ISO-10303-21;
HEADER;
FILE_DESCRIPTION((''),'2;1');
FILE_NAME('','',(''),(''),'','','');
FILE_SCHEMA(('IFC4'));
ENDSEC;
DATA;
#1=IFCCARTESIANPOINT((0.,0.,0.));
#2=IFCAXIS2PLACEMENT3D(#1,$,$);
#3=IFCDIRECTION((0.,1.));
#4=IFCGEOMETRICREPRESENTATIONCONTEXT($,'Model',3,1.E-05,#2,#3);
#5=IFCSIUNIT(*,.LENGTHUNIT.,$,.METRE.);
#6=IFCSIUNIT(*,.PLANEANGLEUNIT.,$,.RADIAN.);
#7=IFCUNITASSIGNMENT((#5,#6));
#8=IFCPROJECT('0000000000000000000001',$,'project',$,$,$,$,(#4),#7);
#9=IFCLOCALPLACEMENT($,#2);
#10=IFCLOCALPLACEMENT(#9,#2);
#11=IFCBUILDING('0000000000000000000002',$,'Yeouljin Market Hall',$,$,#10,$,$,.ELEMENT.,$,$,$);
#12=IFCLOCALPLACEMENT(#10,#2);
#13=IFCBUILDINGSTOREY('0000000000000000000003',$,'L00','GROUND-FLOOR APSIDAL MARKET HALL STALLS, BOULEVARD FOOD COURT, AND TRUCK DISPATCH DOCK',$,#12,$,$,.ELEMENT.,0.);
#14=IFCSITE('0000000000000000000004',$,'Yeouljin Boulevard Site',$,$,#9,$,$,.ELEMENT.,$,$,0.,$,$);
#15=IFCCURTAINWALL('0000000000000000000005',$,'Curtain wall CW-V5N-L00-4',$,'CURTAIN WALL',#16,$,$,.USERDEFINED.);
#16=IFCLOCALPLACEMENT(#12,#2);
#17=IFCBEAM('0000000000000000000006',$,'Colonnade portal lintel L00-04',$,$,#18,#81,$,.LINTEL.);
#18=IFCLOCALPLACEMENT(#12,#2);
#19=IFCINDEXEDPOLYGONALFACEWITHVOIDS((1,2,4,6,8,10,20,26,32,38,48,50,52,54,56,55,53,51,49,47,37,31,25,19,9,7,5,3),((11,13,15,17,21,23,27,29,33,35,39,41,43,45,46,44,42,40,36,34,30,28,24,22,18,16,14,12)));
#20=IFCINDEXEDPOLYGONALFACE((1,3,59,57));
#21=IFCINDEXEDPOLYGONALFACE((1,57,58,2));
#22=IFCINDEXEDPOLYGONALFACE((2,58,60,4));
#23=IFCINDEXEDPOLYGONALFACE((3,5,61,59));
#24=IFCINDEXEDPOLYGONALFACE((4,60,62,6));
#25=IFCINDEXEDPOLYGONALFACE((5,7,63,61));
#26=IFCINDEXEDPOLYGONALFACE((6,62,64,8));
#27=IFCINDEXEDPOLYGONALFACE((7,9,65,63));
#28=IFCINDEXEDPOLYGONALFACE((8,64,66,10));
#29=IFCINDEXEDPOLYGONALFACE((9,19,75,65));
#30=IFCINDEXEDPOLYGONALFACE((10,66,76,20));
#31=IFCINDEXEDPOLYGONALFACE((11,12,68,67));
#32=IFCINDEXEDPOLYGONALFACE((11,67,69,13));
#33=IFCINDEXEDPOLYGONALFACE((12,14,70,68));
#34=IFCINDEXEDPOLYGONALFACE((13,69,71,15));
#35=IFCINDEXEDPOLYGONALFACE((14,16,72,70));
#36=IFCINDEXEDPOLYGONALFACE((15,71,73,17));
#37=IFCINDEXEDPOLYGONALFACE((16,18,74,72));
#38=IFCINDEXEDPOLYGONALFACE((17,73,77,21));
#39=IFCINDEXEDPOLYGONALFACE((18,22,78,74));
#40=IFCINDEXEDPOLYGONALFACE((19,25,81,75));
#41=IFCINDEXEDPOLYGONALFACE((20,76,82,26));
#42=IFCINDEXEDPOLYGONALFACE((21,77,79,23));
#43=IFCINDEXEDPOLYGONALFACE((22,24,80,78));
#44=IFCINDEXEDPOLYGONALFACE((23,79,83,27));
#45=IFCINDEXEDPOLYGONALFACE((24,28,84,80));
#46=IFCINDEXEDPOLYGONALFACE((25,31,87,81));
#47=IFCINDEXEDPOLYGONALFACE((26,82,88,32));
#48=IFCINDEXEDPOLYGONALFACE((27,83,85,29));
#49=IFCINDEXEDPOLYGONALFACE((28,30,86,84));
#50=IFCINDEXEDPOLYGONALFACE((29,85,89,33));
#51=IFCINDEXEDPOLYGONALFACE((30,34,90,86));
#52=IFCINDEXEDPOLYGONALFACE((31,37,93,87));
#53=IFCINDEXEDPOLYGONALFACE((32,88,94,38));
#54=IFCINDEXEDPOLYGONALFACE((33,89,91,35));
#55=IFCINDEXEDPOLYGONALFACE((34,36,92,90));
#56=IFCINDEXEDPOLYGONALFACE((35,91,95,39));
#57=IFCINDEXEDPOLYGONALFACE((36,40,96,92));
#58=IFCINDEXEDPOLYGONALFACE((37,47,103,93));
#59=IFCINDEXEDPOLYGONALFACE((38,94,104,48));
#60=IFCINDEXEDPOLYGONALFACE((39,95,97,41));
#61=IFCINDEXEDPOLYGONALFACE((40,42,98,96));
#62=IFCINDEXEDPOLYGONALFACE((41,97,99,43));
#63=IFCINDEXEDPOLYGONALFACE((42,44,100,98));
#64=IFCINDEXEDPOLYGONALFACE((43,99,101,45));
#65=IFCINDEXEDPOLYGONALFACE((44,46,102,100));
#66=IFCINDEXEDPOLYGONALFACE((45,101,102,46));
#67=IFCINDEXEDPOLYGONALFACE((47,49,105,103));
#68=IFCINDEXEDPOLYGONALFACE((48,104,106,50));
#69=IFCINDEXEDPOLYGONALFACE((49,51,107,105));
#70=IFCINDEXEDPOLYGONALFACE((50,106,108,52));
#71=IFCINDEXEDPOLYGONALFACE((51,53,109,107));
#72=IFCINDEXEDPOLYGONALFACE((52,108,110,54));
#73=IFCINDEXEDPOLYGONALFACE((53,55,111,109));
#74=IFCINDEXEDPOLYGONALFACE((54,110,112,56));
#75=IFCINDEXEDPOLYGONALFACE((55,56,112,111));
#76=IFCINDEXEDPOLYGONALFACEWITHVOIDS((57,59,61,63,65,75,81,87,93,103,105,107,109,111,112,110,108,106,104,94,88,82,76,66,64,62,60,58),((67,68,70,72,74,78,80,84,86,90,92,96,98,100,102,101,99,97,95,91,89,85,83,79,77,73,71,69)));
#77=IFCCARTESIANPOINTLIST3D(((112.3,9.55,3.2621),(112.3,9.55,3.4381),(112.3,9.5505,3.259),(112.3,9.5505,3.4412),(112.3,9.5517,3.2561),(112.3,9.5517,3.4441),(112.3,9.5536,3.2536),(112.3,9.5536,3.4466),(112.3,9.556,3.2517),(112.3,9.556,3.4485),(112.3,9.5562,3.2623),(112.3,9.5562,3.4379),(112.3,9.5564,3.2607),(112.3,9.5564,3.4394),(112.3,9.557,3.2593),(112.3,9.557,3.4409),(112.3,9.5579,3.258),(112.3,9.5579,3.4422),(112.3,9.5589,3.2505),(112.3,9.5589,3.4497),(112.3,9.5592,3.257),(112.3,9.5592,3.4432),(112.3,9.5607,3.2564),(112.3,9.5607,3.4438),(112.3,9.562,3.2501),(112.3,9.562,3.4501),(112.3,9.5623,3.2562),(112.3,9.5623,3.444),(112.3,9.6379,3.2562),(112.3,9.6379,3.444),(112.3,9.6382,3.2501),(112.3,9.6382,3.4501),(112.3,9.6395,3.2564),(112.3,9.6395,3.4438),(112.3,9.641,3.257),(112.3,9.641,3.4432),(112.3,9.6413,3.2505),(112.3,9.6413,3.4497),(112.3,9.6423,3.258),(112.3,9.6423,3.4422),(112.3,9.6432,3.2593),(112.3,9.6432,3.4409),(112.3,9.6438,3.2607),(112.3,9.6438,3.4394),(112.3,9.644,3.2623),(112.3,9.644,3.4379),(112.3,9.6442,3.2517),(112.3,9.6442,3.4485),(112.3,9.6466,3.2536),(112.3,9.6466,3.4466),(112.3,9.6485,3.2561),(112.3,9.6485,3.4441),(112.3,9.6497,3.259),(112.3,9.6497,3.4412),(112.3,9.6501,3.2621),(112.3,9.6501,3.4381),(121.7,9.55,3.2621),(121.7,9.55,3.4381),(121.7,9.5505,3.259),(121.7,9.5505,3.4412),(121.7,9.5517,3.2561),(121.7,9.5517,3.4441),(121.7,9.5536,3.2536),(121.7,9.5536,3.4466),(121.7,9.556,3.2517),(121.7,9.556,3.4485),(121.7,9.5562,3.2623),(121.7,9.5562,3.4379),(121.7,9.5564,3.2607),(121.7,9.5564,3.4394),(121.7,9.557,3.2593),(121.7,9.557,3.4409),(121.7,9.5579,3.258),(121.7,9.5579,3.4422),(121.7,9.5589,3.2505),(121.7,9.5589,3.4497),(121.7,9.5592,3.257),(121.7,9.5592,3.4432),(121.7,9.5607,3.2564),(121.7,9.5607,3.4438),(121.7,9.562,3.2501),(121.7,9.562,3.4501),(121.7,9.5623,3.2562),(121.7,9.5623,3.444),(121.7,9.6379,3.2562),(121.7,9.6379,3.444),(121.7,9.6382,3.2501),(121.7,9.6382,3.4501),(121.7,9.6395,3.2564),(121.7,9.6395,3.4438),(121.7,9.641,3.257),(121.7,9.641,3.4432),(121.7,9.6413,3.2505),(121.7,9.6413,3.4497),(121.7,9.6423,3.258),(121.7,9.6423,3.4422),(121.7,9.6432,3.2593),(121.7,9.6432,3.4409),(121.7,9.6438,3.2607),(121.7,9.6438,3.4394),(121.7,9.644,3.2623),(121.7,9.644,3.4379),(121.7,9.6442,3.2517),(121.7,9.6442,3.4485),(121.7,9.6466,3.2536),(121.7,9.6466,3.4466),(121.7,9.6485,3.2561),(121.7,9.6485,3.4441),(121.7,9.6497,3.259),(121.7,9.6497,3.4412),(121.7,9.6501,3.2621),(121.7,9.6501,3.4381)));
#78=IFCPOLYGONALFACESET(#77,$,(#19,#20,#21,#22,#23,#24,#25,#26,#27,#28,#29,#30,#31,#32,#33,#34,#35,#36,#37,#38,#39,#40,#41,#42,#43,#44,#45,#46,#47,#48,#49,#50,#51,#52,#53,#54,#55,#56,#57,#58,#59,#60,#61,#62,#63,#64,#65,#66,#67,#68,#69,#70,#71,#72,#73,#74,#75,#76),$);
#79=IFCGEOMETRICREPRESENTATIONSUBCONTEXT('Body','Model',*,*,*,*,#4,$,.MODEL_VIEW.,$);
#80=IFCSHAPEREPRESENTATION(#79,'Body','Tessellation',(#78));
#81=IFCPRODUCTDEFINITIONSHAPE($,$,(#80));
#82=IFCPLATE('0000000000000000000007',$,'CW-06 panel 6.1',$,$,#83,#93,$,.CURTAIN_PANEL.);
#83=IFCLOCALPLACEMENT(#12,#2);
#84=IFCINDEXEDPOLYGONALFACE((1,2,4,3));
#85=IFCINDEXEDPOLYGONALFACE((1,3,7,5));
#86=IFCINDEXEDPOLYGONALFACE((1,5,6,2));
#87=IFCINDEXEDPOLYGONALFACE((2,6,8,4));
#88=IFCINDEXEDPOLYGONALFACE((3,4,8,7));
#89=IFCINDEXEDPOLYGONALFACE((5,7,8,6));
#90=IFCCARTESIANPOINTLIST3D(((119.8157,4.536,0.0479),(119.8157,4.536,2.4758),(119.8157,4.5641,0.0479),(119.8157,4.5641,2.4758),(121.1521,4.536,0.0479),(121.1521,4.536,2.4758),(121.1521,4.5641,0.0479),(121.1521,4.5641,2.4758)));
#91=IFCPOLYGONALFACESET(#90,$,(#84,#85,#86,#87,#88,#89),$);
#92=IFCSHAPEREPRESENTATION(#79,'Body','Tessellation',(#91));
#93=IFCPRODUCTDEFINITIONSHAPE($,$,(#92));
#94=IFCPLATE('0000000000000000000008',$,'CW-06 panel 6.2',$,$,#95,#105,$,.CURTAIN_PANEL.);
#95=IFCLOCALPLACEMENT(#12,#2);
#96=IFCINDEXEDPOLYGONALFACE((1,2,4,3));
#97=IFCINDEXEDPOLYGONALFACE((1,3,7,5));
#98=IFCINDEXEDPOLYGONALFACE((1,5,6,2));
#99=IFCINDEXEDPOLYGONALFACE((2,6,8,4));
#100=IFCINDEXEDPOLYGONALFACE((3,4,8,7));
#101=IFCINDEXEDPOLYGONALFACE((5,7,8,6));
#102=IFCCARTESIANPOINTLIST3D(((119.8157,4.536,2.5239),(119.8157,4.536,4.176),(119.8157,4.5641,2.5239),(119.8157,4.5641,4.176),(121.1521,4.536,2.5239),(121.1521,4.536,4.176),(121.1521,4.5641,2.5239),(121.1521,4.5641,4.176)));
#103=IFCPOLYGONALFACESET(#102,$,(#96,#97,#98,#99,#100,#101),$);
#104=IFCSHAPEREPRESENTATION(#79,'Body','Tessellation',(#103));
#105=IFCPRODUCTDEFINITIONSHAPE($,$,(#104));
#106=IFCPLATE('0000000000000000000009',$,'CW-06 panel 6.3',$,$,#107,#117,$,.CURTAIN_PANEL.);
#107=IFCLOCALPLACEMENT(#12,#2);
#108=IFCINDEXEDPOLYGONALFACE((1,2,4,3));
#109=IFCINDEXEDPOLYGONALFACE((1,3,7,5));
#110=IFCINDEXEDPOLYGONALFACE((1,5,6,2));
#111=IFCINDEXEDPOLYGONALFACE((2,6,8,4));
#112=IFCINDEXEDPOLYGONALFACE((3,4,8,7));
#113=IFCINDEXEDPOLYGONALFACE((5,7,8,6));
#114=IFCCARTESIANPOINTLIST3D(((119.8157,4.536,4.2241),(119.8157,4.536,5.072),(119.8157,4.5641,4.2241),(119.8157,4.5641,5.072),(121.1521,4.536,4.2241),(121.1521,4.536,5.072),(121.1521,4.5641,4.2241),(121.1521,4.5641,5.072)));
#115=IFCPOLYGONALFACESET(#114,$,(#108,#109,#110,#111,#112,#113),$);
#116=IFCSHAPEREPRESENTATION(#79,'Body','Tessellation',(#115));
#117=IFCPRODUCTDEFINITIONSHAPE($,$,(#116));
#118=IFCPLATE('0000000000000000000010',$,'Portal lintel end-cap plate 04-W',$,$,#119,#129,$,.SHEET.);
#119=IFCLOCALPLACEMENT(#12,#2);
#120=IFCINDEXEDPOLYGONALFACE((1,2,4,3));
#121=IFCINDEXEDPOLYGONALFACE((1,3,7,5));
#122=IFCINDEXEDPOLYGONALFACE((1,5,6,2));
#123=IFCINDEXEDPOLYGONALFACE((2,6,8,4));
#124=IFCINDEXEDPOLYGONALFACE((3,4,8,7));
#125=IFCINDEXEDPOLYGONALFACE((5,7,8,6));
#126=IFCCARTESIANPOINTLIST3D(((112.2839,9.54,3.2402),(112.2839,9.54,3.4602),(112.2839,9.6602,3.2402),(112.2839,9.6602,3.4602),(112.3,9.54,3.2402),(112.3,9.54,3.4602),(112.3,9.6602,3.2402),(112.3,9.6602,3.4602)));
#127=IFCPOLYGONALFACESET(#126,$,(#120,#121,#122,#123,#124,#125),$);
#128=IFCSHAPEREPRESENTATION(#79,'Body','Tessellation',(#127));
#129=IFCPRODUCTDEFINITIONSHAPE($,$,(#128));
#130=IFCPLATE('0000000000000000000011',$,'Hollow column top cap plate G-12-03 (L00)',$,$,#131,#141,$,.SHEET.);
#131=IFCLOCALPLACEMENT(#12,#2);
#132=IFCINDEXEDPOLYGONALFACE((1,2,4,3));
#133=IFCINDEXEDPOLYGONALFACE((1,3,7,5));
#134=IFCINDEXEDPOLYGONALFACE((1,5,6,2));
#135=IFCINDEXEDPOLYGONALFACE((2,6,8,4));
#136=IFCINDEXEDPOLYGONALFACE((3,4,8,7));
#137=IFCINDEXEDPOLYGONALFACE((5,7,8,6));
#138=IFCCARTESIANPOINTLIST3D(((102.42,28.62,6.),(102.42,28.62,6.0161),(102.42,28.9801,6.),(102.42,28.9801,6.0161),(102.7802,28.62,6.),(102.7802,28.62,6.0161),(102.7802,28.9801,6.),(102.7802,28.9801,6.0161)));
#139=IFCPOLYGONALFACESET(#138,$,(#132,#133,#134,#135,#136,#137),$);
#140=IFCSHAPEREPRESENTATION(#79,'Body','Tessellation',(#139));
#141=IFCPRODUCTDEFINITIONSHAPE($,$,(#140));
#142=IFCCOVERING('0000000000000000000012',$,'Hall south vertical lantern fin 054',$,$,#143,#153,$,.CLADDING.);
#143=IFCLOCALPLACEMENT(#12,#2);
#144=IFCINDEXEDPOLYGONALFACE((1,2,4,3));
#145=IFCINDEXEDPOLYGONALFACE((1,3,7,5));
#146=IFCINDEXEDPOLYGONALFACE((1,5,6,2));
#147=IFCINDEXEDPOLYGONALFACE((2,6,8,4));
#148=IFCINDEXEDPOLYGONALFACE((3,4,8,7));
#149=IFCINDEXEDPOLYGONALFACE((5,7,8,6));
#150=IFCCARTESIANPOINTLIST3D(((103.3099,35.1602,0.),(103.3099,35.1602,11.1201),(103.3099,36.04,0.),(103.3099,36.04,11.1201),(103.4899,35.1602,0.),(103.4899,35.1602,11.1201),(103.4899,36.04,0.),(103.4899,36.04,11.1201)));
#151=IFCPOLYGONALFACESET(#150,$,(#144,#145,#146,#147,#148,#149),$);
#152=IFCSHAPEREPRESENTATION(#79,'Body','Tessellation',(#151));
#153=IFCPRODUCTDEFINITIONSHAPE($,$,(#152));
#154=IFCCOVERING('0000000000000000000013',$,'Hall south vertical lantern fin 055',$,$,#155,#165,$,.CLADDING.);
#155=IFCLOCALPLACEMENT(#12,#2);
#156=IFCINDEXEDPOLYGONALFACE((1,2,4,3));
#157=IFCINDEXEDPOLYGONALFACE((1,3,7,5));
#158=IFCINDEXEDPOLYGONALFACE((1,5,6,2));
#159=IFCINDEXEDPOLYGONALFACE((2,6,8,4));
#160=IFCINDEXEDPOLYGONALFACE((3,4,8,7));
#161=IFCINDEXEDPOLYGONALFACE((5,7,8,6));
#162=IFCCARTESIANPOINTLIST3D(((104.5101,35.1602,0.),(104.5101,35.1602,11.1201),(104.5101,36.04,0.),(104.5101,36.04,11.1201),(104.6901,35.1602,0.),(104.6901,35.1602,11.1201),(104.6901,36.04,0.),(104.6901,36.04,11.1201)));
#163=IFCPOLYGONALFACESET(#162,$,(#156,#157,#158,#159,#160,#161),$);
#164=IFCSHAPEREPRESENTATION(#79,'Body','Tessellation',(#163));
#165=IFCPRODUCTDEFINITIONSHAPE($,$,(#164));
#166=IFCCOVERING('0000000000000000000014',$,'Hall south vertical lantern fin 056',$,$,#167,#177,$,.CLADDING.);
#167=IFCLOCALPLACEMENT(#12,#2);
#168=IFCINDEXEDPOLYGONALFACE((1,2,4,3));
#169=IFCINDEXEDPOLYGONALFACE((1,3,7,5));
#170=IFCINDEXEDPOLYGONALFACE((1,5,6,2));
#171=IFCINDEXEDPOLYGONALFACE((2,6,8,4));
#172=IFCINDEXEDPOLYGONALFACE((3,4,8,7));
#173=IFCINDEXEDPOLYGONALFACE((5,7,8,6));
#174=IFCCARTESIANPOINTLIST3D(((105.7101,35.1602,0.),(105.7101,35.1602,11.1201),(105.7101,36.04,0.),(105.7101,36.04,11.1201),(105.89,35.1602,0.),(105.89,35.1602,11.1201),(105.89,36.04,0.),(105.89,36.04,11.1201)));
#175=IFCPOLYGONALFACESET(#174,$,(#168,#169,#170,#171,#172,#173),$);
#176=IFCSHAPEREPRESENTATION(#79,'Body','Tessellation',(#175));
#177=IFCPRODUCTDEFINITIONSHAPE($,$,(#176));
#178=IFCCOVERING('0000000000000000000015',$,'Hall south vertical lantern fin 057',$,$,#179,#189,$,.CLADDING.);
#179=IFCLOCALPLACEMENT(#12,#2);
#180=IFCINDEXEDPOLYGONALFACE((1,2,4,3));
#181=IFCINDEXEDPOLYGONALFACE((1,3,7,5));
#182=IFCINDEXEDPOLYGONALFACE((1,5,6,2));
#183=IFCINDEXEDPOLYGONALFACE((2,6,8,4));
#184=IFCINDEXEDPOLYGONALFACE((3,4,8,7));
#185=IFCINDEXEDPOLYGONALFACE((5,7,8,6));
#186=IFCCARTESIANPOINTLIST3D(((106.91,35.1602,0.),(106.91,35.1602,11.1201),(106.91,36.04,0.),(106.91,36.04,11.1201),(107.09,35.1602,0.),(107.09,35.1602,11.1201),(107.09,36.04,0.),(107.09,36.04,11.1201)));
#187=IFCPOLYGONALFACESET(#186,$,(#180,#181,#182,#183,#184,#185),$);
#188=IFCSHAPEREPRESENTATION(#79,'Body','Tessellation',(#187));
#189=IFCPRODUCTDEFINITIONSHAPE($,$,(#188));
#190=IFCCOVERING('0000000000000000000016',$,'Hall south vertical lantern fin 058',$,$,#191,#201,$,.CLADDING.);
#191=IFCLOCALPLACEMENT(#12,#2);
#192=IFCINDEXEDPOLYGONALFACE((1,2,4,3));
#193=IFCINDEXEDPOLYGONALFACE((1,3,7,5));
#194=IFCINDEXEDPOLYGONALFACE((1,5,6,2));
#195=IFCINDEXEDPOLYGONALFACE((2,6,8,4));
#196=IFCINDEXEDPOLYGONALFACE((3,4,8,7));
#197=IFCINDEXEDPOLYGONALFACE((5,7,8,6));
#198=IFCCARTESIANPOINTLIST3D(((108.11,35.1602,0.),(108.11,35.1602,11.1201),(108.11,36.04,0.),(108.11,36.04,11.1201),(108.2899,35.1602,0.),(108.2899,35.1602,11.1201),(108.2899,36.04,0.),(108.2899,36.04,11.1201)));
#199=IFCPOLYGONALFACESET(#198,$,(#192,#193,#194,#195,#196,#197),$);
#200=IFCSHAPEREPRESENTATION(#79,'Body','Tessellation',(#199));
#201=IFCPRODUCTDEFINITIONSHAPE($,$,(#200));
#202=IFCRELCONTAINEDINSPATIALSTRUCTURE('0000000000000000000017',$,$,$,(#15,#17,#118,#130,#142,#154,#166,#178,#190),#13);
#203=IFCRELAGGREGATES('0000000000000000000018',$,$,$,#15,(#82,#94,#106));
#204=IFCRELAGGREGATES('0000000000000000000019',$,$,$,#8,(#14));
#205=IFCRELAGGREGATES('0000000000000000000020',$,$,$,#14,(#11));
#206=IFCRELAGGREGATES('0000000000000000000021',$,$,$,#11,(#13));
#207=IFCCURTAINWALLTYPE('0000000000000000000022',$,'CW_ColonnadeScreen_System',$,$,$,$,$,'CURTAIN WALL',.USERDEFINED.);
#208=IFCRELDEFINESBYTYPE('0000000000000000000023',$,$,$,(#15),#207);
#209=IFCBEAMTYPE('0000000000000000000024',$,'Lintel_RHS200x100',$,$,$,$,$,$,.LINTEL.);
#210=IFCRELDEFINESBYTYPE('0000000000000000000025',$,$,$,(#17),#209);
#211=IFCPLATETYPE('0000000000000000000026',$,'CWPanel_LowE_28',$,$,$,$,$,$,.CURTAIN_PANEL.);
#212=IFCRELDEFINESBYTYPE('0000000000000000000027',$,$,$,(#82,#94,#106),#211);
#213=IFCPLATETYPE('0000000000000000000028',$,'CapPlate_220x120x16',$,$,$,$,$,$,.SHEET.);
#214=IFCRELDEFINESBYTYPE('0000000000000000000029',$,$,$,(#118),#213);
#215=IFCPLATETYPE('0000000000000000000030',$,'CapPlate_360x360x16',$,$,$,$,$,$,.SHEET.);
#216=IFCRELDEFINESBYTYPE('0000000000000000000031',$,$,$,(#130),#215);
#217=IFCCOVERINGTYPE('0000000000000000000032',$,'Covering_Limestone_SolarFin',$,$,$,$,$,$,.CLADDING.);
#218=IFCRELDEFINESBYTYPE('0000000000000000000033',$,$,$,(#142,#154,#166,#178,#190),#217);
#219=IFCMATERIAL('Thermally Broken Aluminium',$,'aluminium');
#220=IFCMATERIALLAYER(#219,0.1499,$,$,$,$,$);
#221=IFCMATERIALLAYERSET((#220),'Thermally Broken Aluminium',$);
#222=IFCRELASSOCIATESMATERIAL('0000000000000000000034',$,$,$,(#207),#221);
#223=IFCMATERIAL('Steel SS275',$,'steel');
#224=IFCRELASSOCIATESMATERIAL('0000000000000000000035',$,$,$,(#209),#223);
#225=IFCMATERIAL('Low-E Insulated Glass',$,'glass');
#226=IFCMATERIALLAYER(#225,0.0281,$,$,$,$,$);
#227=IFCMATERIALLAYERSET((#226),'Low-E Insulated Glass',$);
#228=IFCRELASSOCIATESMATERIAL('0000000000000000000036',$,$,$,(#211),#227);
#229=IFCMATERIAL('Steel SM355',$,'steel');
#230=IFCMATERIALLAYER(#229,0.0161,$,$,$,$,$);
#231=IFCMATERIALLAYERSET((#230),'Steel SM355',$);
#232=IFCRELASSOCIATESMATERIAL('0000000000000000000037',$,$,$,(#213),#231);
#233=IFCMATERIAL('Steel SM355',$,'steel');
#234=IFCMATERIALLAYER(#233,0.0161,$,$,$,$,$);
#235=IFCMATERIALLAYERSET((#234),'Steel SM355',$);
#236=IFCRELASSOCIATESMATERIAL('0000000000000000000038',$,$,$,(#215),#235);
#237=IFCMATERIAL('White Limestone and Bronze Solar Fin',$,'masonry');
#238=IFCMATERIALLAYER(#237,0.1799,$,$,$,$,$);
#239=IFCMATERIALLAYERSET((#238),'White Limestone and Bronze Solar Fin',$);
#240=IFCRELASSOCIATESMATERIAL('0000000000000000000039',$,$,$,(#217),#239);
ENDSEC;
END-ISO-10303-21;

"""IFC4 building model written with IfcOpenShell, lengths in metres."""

from ifc_helpers import new_model, si_unit, direction, frame, origin, origin_2d, place, context, subcontext, project, spatial, rectangle, hollow_rectangle, extrude, material, layer, layer_set, material_profile, profile_set, type_object, element, aggregate, save


model = new_model("IFC4")

# Units and contexts
model_context = context("Model", 3, precision=1e-05, world=origin(), true_north=direction((0.0, 1.0)))
body_context = subcontext(model_context, "Body", "Model", "MODEL_VIEW")
ifc_project = project(units=[si_unit("LENGTHUNIT", "METRE"), si_unit("PLANEANGLEUNIT", "RADIAN")], contexts=[model_context])

# Site, building, storey
site_placement = place(None, origin())
site = spatial("IfcSite", under=ifc_project, at=site_placement, Name="Yeouljin Boulevard Site", CompositionType="ELEMENT", RefElevation=0.0)
building_placement = place(site_placement, origin())
building = spatial("IfcBuilding", under=site, at=building_placement, Name="Yeouljin Market Hall", CompositionType="ELEMENT")
storey_placement = place(building_placement, origin())
storey = spatial("IfcBuildingStorey", under=building, at=storey_placement, Name="L00", Description="GROUND-FLOOR APSIDAL MARKET HALL STALLS, BOULEVARD FOOD COURT, AND TRUCK DISPATCH DOCK", CompositionType="ELEMENT", Elevation=0.0)

# Curtain wall
ifc_material_1 = material(Name="Thermally Broken Aluminium", Category="aluminium")
ifc_layer_1 = layer(ifc_material_1, 0.1499)
ifc_layer_set_1 = layer_set([ifc_layer_1], Name="Thermally Broken Aluminium")
curtain_wall_type = type_object("IfcCurtainWallType", Name="CW_ColonnadeScreen_System", ElementType="CURTAIN WALL", PredefinedType="USERDEFINED", material=ifc_layer_set_1)
curtain_wall_placement = place(storey_placement, origin())
curtain_wall = element("IfcCurtainWall", 1, at=curtain_wall_placement, inside=storey, type_object=curtain_wall_type, Name="Curtain wall CW-V5N-L00-4", ObjectType="CURTAIN WALL", PredefinedType="USERDEFINED")

# Beam
ifc_material_2 = material(Name="Steel SS275", Category="steel")
ifc_material_profile_1 = material_profile(ifc_material_2, hollow_rectangle(XDim=0.1001, YDim=0.2, WallThickness=0.0061, InnerFilletRadius=0.0061, OuterFilletRadius=0.012, at=origin_2d()), Name="RHS-200x100x6")
ifc_profile_set_1 = profile_set([ifc_material_profile_1], Name="Steel SS275")
beam_type = type_object("IfcBeamType", Name="Lintel_RHS200x100", PredefinedType="LINTEL", material=ifc_profile_set_1)
beam_placement = place(storey_placement, frame((112.3, 9.6001, 3.3501), z_axis=(1.0, 0.0, 0.0), x_axis=(0.0, 1.0, 0.0)))
element("IfcBeam", 2, at=beam_placement, inside=storey, type_object=beam_type, Name="Colonnade portal lintel L00-04", PredefinedType="LINTEL", context=body_context, shape_type="SweptSolid", body=[
    extrude(hollow_rectangle(XDim=0.1001, YDim=0.2, WallThickness=0.0061, InnerFilletRadius=0.0061, OuterFilletRadius=0.012, at=origin_2d()), origin(), (0.0, 0.0, 1.0), 9.3999),
])

# Plates
ifc_material_3 = material(Name="Low-E Insulated Glass", Category="glass")
ifc_layer_2 = layer(ifc_material_3, 0.0281)
ifc_layer_set_2 = layer_set([ifc_layer_2], Name="Low-E Insulated Glass")
plate_type_1 = type_object("IfcPlateType", Name="CWPanel_LowE_28", PredefinedType="CURTAIN_PANEL", material=ifc_layer_set_2)
plate_1_placement = place(storey_placement, frame((120.4839, 4.55, 0.0479), z_axis=(0.0, 0.0, 1.0), x_axis=(1.0, 0.0, 0.0)))
plate_1 = element("IfcPlate", 3, at=plate_1_placement, type_object=plate_type_1, Name="CW-06 panel 6.1", PredefinedType="CURTAIN_PANEL", context=body_context, shape_type="SweptSolid", body=[
    extrude(rectangle(XDim=1.3364, YDim=0.0281, at=origin_2d()), origin(), (0.0, 0.0, 1.0), 2.428),
])
plate_2_placement = place(storey_placement, frame((120.4839, 4.55, 2.5239), z_axis=(0.0, 0.0, 1.0), x_axis=(1.0, 0.0, 0.0)))
plate_2 = element("IfcPlate", 4, at=plate_2_placement, type_object=plate_type_1, Name="CW-06 panel 6.2", PredefinedType="CURTAIN_PANEL", context=body_context, shape_type="SweptSolid", body=[
    extrude(rectangle(XDim=1.3364, YDim=0.0281, at=origin_2d()), origin(), (0.0, 0.0, 1.0), 1.6521),
])
plate_3_placement = place(storey_placement, frame((120.4839, 4.55, 4.2241), z_axis=(0.0, 0.0, 1.0), x_axis=(1.0, 0.0, 0.0)))
plate_3 = element("IfcPlate", 5, at=plate_3_placement, type_object=plate_type_1, Name="CW-06 panel 6.3", PredefinedType="CURTAIN_PANEL", context=body_context, shape_type="SweptSolid", body=[
    extrude(rectangle(XDim=1.3364, YDim=0.0281, at=origin_2d()), origin(), (0.0, 0.0, 1.0), 0.8479),
])
aggregate(curtain_wall, [plate_1, plate_2, plate_3])

# Plates
ifc_material_4 = material(Name="Steel SM355", Category="steel")
ifc_layer_3 = layer(ifc_material_4, 0.0161)
ifc_layer_set_3 = layer_set([ifc_layer_3], Name="Steel SM355")
plate_type_2 = type_object("IfcPlateType", Name="CapPlate_220x120x16", PredefinedType="SHEET", material=ifc_layer_set_3)
plate_4_placement = place(storey_placement, frame((112.292, 9.6001, 3.2402), z_axis=(0.0, 0.0, 1.0), x_axis=(0.0, 1.0, 0.0)))
element("IfcPlate", 6, at=plate_4_placement, inside=storey, type_object=plate_type_2, Name="Portal lintel end-cap plate 04-W", PredefinedType="SHEET", context=body_context, shape_type="SweptSolid", body=[
    extrude(rectangle(XDim=0.1201, YDim=0.0161, at=origin_2d()), origin(), (0.0, 0.0, 1.0), 0.22),
])
ifc_material_5 = material(Name="Steel SM355", Category="steel")
ifc_layer_4 = layer(ifc_material_5, 0.0161)
ifc_layer_set_4 = layer_set([ifc_layer_4], Name="Steel SM355")
plate_type_3 = type_object("IfcPlateType", Name="CapPlate_360x360x16", PredefinedType="SHEET", material=ifc_layer_set_4)
plate_5_placement = place(storey_placement, frame((102.6001, 28.8, 6.0), z_axis=(0.0, 0.0, 1.0), x_axis=(1.0, 0.0, 0.0)))
element("IfcPlate", 7, at=plate_5_placement, inside=storey, type_object=plate_type_3, Name="Hollow column top cap plate G-12-03 (L00)", PredefinedType="SHEET", context=body_context, shape_type="SweptSolid", body=[
    extrude(rectangle(XDim=0.3601, YDim=0.3601, at=origin_2d()), origin(), (0.0, 0.0, 1.0), 0.0161),
])

# Coverings
ifc_material_6 = material(Name="White Limestone and Bronze Solar Fin", Category="masonry")
ifc_layer_5 = layer(ifc_material_6, 0.1799)
ifc_layer_set_5 = layer_set([ifc_layer_5], Name="White Limestone and Bronze Solar Fin")
covering_type = type_object("IfcCoveringType", Name="Covering_Limestone_SolarFin", PredefinedType="CLADDING", material=ifc_layer_set_5)
for number, where, z_axis, x_axis, name in (
    (8, (103.3999, 35.6001, 0.0), (0.0, 0.0, 1.0), (1.0, 0.0, 0.0), "Hall south vertical lantern fin 054"),
    (9, (104.6001, 35.6001, 0.0), (0.0, 0.0, 1.0), (1.0, 0.0, 0.0), "Hall south vertical lantern fin 055"),
    (10, (105.8, 35.6001, 0.0), (0.0, 0.0, 1.0), (1.0, 0.0, 0.0), "Hall south vertical lantern fin 056"),
    (11, (107.0, 35.6001, 0.0), (0.0, 0.0, 1.0), (1.0, 0.0, 0.0), "Hall south vertical lantern fin 057"),
    (12, (108.2, 35.6001, 0.0), (0.0, 0.0, 1.0), (1.0, 0.0, 0.0), "Hall south vertical lantern fin 058"),
):
    element("IfcCovering", number, at=place(storey_placement, frame(where, z_axis=z_axis, x_axis=x_axis)), inside=storey, type_object=covering_type, Name=name, PredefinedType="CLADDING", context=body_context, shape_type="SweptSolid", body=[
        extrude(rectangle(XDim=0.1799, YDim=0.8799, at=origin_2d()), origin(), (0.0, 0.0, 1.0), 11.1201),
    ])

save(model, "model.ifc")
